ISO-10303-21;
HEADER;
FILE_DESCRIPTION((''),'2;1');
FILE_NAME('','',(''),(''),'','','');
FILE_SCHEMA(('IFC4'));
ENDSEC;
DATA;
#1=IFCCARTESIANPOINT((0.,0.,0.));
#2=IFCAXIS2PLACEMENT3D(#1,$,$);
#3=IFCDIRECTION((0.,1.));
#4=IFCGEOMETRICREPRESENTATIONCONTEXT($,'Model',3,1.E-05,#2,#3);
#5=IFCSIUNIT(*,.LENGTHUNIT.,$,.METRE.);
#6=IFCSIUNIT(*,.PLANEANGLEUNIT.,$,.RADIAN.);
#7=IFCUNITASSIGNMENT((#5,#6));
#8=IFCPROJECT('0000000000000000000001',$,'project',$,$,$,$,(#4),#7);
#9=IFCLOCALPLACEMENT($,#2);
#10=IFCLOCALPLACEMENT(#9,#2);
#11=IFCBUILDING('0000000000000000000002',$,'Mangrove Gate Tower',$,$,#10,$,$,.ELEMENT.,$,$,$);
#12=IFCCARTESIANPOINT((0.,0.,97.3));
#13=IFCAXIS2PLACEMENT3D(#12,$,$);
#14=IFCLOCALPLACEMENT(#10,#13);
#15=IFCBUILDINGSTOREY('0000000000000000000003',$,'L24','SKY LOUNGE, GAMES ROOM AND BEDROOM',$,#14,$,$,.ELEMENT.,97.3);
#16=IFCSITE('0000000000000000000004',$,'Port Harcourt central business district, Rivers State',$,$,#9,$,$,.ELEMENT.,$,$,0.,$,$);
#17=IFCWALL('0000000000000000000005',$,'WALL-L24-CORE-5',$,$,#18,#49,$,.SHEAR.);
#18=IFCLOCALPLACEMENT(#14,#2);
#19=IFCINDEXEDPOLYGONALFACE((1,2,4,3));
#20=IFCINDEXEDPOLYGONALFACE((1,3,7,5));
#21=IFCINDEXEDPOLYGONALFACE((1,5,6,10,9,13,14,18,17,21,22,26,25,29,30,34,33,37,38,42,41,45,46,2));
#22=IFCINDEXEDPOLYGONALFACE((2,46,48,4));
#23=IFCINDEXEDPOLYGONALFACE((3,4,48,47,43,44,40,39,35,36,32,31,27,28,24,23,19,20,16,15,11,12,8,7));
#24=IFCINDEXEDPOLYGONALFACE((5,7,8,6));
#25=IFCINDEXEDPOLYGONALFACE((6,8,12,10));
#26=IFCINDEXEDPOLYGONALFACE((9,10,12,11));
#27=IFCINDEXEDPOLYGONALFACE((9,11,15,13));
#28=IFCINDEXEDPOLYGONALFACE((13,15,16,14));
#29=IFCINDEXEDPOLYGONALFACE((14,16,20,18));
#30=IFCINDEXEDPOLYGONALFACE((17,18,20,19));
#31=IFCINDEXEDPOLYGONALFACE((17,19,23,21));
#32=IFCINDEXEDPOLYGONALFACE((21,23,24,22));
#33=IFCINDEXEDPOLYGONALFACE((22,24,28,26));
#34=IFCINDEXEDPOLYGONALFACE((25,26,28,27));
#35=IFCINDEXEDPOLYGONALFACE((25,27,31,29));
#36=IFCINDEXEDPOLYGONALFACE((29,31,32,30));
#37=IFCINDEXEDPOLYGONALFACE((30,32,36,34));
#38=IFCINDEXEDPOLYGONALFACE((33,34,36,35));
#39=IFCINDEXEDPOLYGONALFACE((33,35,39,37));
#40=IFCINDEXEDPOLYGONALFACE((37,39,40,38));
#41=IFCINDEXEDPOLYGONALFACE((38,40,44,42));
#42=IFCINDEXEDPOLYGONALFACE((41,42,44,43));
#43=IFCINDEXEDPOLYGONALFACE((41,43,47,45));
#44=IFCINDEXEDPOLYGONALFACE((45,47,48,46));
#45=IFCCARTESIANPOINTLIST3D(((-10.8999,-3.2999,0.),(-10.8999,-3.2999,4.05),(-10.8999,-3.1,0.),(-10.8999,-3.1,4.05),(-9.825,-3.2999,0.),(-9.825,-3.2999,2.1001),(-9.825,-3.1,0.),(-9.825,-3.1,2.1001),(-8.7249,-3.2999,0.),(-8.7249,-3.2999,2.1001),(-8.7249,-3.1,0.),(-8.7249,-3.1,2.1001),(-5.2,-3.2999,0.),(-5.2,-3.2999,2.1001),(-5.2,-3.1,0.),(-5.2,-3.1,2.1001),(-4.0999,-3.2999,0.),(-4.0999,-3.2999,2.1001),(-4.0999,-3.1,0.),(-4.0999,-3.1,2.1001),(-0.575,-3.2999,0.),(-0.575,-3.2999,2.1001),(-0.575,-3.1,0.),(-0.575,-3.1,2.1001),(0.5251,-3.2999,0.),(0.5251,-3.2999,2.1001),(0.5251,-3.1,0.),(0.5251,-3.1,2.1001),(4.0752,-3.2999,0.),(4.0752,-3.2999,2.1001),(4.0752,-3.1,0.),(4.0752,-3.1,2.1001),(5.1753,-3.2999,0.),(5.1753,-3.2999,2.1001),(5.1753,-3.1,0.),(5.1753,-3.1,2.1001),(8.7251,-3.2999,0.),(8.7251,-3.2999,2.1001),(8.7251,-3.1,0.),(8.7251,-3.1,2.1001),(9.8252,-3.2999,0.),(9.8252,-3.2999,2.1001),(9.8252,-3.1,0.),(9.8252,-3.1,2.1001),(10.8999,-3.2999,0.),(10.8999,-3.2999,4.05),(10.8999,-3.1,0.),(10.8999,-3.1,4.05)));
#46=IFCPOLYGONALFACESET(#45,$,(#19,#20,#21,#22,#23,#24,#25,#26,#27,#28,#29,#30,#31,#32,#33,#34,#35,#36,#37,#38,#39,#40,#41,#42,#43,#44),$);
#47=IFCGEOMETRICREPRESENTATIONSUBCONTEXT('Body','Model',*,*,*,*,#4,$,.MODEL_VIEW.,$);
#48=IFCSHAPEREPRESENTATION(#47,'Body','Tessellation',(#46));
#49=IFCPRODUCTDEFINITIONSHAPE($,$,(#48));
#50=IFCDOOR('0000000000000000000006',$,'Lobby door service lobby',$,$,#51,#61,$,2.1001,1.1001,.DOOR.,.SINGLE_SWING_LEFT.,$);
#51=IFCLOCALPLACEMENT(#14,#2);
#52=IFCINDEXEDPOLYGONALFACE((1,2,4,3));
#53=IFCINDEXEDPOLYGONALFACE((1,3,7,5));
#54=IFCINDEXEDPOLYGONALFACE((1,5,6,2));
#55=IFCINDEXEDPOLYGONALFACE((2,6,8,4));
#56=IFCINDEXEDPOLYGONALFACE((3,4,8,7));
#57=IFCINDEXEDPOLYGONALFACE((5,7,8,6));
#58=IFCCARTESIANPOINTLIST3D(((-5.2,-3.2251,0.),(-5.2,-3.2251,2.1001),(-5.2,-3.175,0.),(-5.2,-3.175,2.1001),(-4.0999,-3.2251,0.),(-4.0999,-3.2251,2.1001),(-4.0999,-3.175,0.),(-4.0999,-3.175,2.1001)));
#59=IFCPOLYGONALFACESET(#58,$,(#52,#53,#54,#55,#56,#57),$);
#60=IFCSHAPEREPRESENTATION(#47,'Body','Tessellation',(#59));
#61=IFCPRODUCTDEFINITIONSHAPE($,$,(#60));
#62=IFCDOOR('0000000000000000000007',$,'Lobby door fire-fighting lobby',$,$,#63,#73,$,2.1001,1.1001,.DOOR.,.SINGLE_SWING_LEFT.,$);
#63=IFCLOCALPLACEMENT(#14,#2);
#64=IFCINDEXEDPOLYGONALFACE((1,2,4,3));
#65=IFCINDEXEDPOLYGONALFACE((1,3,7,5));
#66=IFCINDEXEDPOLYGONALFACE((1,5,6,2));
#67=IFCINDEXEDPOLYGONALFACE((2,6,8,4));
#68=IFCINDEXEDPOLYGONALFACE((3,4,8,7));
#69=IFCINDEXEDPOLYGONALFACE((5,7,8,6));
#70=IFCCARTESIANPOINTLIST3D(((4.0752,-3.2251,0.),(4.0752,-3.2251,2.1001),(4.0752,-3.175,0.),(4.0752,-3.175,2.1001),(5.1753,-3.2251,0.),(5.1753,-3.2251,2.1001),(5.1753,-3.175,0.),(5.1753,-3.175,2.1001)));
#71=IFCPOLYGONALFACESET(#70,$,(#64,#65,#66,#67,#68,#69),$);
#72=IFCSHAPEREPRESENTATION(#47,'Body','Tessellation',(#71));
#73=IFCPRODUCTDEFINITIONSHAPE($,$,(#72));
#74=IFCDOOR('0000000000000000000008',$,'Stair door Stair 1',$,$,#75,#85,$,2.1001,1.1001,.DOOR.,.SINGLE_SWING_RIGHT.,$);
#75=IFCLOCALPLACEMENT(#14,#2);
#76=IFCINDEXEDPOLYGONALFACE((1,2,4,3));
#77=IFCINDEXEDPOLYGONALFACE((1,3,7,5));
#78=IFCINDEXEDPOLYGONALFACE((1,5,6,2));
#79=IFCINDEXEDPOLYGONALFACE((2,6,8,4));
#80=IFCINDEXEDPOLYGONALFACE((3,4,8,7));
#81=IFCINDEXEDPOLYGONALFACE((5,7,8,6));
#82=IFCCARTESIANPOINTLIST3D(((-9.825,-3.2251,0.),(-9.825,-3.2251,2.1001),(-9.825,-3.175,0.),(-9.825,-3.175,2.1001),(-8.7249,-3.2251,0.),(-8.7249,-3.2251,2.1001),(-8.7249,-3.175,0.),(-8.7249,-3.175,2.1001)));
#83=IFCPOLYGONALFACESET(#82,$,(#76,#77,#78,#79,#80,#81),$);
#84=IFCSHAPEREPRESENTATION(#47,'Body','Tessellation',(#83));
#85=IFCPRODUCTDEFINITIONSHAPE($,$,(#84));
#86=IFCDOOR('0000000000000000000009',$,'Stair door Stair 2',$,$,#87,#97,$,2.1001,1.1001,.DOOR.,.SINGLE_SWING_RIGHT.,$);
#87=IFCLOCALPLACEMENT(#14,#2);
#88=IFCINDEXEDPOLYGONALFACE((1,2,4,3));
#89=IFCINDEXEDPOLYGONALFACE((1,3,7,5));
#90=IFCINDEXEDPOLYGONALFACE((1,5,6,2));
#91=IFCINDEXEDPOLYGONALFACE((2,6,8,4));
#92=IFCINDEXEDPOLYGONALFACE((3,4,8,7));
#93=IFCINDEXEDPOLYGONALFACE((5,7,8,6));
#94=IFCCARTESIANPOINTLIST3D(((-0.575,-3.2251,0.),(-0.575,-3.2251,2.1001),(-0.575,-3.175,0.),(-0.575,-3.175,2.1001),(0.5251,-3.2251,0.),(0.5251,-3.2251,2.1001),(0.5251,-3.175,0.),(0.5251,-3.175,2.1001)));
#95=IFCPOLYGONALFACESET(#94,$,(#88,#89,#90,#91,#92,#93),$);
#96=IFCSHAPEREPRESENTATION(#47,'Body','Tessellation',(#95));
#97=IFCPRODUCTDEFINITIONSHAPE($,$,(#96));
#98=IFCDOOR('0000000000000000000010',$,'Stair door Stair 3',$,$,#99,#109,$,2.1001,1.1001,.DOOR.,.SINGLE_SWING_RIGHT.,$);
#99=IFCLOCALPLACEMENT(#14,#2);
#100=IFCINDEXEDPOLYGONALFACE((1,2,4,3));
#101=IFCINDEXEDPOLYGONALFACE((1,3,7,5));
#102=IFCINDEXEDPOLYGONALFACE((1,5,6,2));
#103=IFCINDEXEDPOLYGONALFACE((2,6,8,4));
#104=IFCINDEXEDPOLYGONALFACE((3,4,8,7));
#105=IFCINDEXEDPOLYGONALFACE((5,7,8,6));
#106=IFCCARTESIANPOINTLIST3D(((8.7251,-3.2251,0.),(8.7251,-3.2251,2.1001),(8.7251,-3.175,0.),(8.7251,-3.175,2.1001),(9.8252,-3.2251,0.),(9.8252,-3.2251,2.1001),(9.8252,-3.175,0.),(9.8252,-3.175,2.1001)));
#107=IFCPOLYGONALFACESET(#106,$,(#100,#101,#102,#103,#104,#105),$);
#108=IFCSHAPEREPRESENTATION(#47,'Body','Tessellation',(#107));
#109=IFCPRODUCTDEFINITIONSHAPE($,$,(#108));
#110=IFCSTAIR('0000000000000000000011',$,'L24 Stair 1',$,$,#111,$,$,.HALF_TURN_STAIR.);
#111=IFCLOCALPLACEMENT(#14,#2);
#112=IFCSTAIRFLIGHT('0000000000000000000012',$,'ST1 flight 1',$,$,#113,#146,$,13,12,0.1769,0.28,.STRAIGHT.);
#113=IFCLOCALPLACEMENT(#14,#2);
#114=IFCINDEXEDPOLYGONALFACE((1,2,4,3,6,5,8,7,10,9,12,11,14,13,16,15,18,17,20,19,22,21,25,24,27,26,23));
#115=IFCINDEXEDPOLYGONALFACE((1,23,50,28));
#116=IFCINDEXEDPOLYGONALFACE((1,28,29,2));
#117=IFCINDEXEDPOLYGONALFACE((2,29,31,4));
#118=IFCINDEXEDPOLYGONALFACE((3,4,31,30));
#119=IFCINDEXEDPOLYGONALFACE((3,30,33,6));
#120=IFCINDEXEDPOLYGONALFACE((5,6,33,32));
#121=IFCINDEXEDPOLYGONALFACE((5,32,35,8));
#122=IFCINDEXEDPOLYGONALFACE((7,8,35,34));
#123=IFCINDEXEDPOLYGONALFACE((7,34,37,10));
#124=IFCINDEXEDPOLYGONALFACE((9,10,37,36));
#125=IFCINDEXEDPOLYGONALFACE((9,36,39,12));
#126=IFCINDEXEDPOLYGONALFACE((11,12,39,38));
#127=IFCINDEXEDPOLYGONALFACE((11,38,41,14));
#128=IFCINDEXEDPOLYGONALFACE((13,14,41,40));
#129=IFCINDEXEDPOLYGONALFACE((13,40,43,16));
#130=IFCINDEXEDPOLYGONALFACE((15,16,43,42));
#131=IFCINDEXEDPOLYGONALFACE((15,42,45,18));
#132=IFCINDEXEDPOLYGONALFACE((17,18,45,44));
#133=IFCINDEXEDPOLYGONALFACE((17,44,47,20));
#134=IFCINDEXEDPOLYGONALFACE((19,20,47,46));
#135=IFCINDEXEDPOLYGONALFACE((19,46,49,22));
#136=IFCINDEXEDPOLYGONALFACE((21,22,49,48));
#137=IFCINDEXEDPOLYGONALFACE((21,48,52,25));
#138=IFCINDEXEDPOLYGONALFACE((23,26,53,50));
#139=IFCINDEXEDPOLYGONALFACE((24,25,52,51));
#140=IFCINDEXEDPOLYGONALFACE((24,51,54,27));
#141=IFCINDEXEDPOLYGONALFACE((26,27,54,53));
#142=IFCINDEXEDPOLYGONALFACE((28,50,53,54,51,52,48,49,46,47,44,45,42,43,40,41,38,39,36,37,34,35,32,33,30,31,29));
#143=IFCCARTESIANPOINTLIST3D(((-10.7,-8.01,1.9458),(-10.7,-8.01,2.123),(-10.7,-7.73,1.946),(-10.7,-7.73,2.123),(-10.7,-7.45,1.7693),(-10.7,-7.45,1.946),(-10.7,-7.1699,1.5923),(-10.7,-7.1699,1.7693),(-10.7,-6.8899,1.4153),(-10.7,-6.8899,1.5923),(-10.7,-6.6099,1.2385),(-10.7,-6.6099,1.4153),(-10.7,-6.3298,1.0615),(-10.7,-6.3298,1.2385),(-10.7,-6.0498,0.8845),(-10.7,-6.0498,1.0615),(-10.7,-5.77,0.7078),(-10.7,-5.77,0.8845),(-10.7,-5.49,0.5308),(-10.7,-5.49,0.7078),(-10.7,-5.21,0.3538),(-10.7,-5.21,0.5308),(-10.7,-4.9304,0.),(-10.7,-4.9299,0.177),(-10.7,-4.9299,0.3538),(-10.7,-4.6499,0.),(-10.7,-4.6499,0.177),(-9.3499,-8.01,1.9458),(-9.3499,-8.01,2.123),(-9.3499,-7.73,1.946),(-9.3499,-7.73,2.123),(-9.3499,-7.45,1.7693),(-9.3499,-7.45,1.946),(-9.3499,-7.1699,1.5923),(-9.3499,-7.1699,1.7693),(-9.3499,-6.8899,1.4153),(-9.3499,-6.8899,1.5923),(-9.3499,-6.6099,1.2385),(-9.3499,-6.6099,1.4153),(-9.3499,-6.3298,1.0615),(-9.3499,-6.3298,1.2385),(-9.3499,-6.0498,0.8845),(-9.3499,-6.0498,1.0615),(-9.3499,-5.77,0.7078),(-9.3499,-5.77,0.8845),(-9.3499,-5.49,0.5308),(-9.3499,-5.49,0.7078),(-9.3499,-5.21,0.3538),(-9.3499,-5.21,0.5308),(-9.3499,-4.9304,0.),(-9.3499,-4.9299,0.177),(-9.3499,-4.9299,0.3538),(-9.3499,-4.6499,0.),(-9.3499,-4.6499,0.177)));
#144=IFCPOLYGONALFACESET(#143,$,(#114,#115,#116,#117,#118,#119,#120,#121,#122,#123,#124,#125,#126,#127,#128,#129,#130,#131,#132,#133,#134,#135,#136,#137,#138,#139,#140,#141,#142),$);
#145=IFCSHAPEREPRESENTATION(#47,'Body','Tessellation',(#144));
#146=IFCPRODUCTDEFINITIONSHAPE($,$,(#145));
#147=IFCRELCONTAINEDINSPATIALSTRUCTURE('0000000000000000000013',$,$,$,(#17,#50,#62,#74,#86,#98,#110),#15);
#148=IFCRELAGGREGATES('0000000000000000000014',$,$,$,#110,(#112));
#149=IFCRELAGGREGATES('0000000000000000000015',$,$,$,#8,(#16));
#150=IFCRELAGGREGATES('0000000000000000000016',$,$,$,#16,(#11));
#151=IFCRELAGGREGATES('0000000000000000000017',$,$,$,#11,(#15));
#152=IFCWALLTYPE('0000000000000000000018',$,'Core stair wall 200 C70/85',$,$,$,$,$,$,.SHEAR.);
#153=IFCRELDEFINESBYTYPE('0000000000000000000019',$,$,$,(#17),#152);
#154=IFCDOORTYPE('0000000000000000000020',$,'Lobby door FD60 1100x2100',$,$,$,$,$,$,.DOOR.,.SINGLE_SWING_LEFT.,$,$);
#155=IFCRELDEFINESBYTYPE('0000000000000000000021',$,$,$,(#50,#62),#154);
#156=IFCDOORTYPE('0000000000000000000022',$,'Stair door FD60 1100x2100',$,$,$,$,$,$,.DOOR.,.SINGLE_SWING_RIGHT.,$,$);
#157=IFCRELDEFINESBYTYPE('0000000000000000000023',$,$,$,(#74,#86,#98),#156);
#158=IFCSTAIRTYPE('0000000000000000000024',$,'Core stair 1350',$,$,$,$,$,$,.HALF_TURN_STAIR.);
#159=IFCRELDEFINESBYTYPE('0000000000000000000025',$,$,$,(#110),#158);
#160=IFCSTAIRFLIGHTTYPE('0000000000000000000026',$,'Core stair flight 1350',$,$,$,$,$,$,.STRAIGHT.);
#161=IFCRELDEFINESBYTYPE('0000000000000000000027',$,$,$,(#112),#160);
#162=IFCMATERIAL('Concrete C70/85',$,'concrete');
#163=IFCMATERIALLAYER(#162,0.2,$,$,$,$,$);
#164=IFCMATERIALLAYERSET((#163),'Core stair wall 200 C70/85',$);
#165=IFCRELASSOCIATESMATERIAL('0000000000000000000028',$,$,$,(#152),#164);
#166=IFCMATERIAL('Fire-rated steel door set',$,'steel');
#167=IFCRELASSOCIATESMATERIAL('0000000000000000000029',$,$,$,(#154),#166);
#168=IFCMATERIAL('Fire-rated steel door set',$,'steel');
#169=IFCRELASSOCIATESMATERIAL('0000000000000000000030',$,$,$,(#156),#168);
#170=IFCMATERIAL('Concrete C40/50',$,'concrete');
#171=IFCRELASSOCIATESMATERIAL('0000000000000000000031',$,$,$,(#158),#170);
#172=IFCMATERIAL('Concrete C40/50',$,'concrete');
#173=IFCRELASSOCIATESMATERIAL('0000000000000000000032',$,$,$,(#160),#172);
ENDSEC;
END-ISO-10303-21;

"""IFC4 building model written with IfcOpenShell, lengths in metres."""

from ifc_helpers import new_model, si_unit, direction, frame, frame_2d, origin, place, context, subcontext, project, spatial, polyline, rectangle, outline, extrude, material, layer, layer_set, type_object, element, fill, aggregate, save


model = new_model("IFC4")

# Units and contexts
model_context = context("Model", 3, precision=1e-05, world=origin(), true_north=direction((0.0, 1.0)))
body_context = subcontext(model_context, "Body", "Model", "MODEL_VIEW")
ifc_project = project(units=[si_unit("LENGTHUNIT", "METRE"), si_unit("PLANEANGLEUNIT", "RADIAN")], contexts=[model_context])

# Site, building, storey
site_placement = place(None, origin())
site = spatial("IfcSite", under=ifc_project, at=site_placement, Name="Port Harcourt central business district, Rivers State", CompositionType="ELEMENT", RefElevation=0.0)
building_placement = place(site_placement, origin())
building = spatial("IfcBuilding", under=site, at=building_placement, Name="Mangrove Gate Tower", CompositionType="ELEMENT")
storey_placement = place(building_placement, frame((0.0, 0.0, 97.3)))
storey = spatial("IfcBuildingStorey", under=building, at=storey_placement, Name="L24", Description="SKY LOUNGE, GAMES ROOM AND BEDROOM", CompositionType="ELEMENT", Elevation=97.3)

# Wall, openings, doors
ifc_material_1 = material(Name="Concrete C70/85", Category="concrete")
ifc_layer_1 = layer(ifc_material_1, 0.2)
ifc_layer_set_1 = layer_set([ifc_layer_1], Name="Core stair wall 200 C70/85")
wall_type_1 = type_object("IfcWallType", Name="Core stair wall 200 C70/85", PredefinedType="SHEAR", material=ifc_layer_set_1)
wall_1_placement = place(storey_placement, frame((-10.8999, -3.2, 0.0), z_axis=(0.0, 0.0, 1.0), x_axis=(1.0, 0.0, 0.0)))
wall_1 = element("IfcWall", 1, at=wall_1_placement, inside=storey, type_object=wall_type_1, Name="WALL-L24-CORE-5", PredefinedType="SHEAR", context=body_context, shape_type="SweptSolid", body=[
    extrude(rectangle(XDim=21.7998, YDim=0.2, at=frame_2d((10.8999, 0.0))), origin(), (0.0, 0.0, 1.0), 4.05),
])
opening_1_placement = place(wall_1_placement, frame((1.075, 0.0, 0.0)))
opening_1 = element("IfcOpeningElement", 2, at=opening_1_placement, cuts=wall_1, PredefinedType="OPENING", context=body_context, shape_type="SweptSolid", body=[
    extrude(rectangle(XDim=1.1001, YDim=2.1001, at=frame_2d((0.55, 1.05))), frame((0.0, 0.1099, 0.0), z_axis=(0.0, -1.0, 0.0), x_axis=(1.0, 0.0, 0.0)), (0.0, 0.0, 1.0), 0.22),
])
opening_2_placement = place(wall_1_placement, frame((10.325, 0.0, 0.0)))
opening_2 = element("IfcOpeningElement", 3, at=opening_2_placement, cuts=wall_1, PredefinedType="OPENING", context=body_context, shape_type="SweptSolid", body=[
    extrude(rectangle(XDim=1.1001, YDim=2.1001, at=frame_2d((0.55, 1.05))), frame((0.0, 0.1099, 0.0), z_axis=(0.0, -1.0, 0.0), x_axis=(1.0, 0.0, 0.0)), (0.0, 0.0, 1.0), 0.22),
])
opening_3_placement = place(wall_1_placement, frame((19.625, 0.0, 0.0)))
opening_3 = element("IfcOpeningElement", 4, at=opening_3_placement, cuts=wall_1, PredefinedType="OPENING", context=body_context, shape_type="SweptSolid", body=[
    extrude(rectangle(XDim=1.1001, YDim=2.1001, at=frame_2d((0.55, 1.05))), frame((0.0, 0.1099, 0.0), z_axis=(0.0, -1.0, 0.0), x_axis=(1.0, 0.0, 0.0)), (0.0, 0.0, 1.0), 0.22),
])
opening_4_placement = place(wall_1_placement, frame((5.7, 0.0, 0.0)))
opening_4 = element("IfcOpeningElement", 5, at=opening_4_placement, cuts=wall_1, PredefinedType="OPENING", context=body_context, shape_type="SweptSolid", body=[
    extrude(rectangle(XDim=1.1001, YDim=2.1001, at=frame_2d((0.55, 1.05))), frame((0.0, 0.1099, 0.0), z_axis=(0.0, -1.0, 0.0), x_axis=(1.0, 0.0, 0.0)), (0.0, 0.0, 1.0), 0.22),
])
opening_5_placement = place(wall_1_placement, frame((14.9751, 0.0, 0.0)))
opening_5 = element("IfcOpeningElement", 6, at=opening_5_placement, cuts=wall_1, PredefinedType="OPENING", context=body_context, shape_type="SweptSolid", body=[
    extrude(rectangle(XDim=1.1001, YDim=2.1001, at=frame_2d((0.55, 1.05))), frame((0.0, 0.1099, 0.0), z_axis=(0.0, -1.0, 0.0), x_axis=(1.0, 0.0, 0.0)), (0.0, 0.0, 1.0), 0.22),
])
ifc_material_2 = material(Name="Fire-rated steel door set", Category="steel")
door_type_1 = type_object("IfcDoorType", Name="Lobby door FD60 1100x2100", OperationType="SINGLE_SWING_LEFT", PredefinedType="DOOR", material=ifc_material_2)
door_1_placement = place(opening_4_placement, origin())
door_1 = element("IfcDoor", 7, at=door_1_placement, inside=storey, type_object=door_type_1, Name="Lobby door service lobby", OperationType="SINGLE_SWING_LEFT", OverallHeight=2.1001, OverallWidth=1.1001, PredefinedType="DOOR", context=body_context, shape_type="SweptSolid", body=[
    extrude(rectangle(XDim=1.1001, YDim=2.1001, at=frame_2d((0.55, 1.05))), frame((0.0, 0.0249, 0.0), z_axis=(0.0, -1.0, 0.0), x_axis=(1.0, 0.0, 0.0)), (0.0, 0.0, 1.0), 0.05),
])
fill(opening_4, door_1)
door_2_placement = place(opening_5_placement, origin())
door_2 = element("IfcDoor", 8, at=door_2_placement, inside=storey, type_object=door_type_1, Name="Lobby door fire-fighting lobby", OperationType="SINGLE_SWING_LEFT", OverallHeight=2.1001, OverallWidth=1.1001, PredefinedType="DOOR", context=body_context, shape_type="SweptSolid", body=[
    extrude(rectangle(XDim=1.1001, YDim=2.1001, at=frame_2d((0.55, 1.05))), frame((0.0, 0.0249, 0.0), z_axis=(0.0, -1.0, 0.0), x_axis=(1.0, 0.0, 0.0)), (0.0, 0.0, 1.0), 0.05),
])
fill(opening_5, door_2)
ifc_material_3 = material(Name="Fire-rated steel door set", Category="steel")
door_type_2 = type_object("IfcDoorType", Name="Stair door FD60 1100x2100", OperationType="SINGLE_SWING_RIGHT", PredefinedType="DOOR", material=ifc_material_3)
door_3_placement = place(opening_1_placement, origin())
door_3 = element("IfcDoor", 9, at=door_3_placement, inside=storey, type_object=door_type_2, Name="Stair door Stair 1", OperationType="SINGLE_SWING_RIGHT", OverallHeight=2.1001, OverallWidth=1.1001, PredefinedType="DOOR", context=body_context, shape_type="SweptSolid", body=[
    extrude(rectangle(XDim=1.1001, YDim=2.1001, at=frame_2d((0.55, 1.05))), frame((0.0, 0.0249, 0.0), z_axis=(0.0, -1.0, 0.0), x_axis=(1.0, 0.0, 0.0)), (0.0, 0.0, 1.0), 0.05),
])
fill(opening_1, door_3)
door_4_placement = place(opening_2_placement, origin())
door_4 = element("IfcDoor", 10, at=door_4_placement, inside=storey, type_object=door_type_2, Name="Stair door Stair 2", OperationType="SINGLE_SWING_RIGHT", OverallHeight=2.1001, OverallWidth=1.1001, PredefinedType="DOOR", context=body_context, shape_type="SweptSolid", body=[
    extrude(rectangle(XDim=1.1001, YDim=2.1001, at=frame_2d((0.55, 1.05))), frame((0.0, 0.0249, 0.0), z_axis=(0.0, -1.0, 0.0), x_axis=(1.0, 0.0, 0.0)), (0.0, 0.0, 1.0), 0.05),
])
fill(opening_2, door_4)
door_5_placement = place(opening_3_placement, origin())
door_5 = element("IfcDoor", 11, at=door_5_placement, inside=storey, type_object=door_type_2, Name="Stair door Stair 3", OperationType="SINGLE_SWING_RIGHT", OverallHeight=2.1001, OverallWidth=1.1001, PredefinedType="DOOR", context=body_context, shape_type="SweptSolid", body=[
    extrude(rectangle(XDim=1.1001, YDim=2.1001, at=frame_2d((0.55, 1.05))), frame((0.0, 0.0249, 0.0), z_axis=(0.0, -1.0, 0.0), x_axis=(1.0, 0.0, 0.0)), (0.0, 0.0, 1.0), 0.05),
])
fill(opening_3, door_5)

# Stair, stair flight
ifc_material_4 = material(Name="Concrete C40/50", Category="concrete")
stair_type = type_object("IfcStairType", Name="Core stair 1350", PredefinedType="HALF_TURN_STAIR", material=ifc_material_4)
stair_1_placement = place(storey_placement, origin())
stair_1 = element("IfcStair", 12, at=stair_1_placement, inside=storey, type_object=stair_type, Name="L24 Stair 1", PredefinedType="HALF_TURN_STAIR")
ifc_material_5 = material(Name="Concrete C40/50", Category="concrete")
stair_flight_type = type_object("IfcStairFlightType", Name="Core stair flight 1350", PredefinedType="STRAIGHT", material=ifc_material_5)
stair_flight_1_placement = place(storey_placement, frame((-10.0249, -4.6499, 0.0), z_axis=(0.0, 0.0, 1.0), x_axis=(0.0, -1.0, 0.0)))
stair_flight_1 = element("IfcStairFlight", 13, at=stair_flight_1_placement, type_object=stair_flight_type, Name="ST1 flight 1", NumberOfRisers=13, NumberOfTreads=12, PredefinedType="STRAIGHT", RiserHeight=0.1769, TreadLength=0.28, context=body_context, shape_type="SweptSolid", body=[
    extrude(outline(polyline([(0.0, 0.0), (0.0, 0.177), (0.28, 0.177), (0.28, 0.3538), (0.5601, 0.3538), (0.5601, 0.5308), (0.8401, 0.5308), (0.8401, 0.7078), (1.1201, 0.7078), (1.1201, 0.8845), (1.3999, 0.8845), (1.3999, 1.0615), (1.6799, 1.0615), (1.6799, 1.2385), (1.96, 1.2385), (1.96, 1.4153), (2.24, 1.4153), (2.24, 1.5923), (2.52, 1.5923), (2.52, 1.7693), (2.8, 1.7693), (2.8, 1.946), (3.0801, 1.946), (3.0801, 2.123), (3.3601, 2.123), (3.3601, 2.3), (3.3601, 1.9458), (0.2805, 0.0), (0.0, 0.0)])), frame((0.0, 0.675, 0.0), z_axis=(0.0, -1.0, 0.0), x_axis=(1.0, 0.0, 0.0)), (0.0, 0.0, 1.0), 1.3501),
])
aggregate(stair_1, [stair_flight_1])

save(model, "model.ifc")
